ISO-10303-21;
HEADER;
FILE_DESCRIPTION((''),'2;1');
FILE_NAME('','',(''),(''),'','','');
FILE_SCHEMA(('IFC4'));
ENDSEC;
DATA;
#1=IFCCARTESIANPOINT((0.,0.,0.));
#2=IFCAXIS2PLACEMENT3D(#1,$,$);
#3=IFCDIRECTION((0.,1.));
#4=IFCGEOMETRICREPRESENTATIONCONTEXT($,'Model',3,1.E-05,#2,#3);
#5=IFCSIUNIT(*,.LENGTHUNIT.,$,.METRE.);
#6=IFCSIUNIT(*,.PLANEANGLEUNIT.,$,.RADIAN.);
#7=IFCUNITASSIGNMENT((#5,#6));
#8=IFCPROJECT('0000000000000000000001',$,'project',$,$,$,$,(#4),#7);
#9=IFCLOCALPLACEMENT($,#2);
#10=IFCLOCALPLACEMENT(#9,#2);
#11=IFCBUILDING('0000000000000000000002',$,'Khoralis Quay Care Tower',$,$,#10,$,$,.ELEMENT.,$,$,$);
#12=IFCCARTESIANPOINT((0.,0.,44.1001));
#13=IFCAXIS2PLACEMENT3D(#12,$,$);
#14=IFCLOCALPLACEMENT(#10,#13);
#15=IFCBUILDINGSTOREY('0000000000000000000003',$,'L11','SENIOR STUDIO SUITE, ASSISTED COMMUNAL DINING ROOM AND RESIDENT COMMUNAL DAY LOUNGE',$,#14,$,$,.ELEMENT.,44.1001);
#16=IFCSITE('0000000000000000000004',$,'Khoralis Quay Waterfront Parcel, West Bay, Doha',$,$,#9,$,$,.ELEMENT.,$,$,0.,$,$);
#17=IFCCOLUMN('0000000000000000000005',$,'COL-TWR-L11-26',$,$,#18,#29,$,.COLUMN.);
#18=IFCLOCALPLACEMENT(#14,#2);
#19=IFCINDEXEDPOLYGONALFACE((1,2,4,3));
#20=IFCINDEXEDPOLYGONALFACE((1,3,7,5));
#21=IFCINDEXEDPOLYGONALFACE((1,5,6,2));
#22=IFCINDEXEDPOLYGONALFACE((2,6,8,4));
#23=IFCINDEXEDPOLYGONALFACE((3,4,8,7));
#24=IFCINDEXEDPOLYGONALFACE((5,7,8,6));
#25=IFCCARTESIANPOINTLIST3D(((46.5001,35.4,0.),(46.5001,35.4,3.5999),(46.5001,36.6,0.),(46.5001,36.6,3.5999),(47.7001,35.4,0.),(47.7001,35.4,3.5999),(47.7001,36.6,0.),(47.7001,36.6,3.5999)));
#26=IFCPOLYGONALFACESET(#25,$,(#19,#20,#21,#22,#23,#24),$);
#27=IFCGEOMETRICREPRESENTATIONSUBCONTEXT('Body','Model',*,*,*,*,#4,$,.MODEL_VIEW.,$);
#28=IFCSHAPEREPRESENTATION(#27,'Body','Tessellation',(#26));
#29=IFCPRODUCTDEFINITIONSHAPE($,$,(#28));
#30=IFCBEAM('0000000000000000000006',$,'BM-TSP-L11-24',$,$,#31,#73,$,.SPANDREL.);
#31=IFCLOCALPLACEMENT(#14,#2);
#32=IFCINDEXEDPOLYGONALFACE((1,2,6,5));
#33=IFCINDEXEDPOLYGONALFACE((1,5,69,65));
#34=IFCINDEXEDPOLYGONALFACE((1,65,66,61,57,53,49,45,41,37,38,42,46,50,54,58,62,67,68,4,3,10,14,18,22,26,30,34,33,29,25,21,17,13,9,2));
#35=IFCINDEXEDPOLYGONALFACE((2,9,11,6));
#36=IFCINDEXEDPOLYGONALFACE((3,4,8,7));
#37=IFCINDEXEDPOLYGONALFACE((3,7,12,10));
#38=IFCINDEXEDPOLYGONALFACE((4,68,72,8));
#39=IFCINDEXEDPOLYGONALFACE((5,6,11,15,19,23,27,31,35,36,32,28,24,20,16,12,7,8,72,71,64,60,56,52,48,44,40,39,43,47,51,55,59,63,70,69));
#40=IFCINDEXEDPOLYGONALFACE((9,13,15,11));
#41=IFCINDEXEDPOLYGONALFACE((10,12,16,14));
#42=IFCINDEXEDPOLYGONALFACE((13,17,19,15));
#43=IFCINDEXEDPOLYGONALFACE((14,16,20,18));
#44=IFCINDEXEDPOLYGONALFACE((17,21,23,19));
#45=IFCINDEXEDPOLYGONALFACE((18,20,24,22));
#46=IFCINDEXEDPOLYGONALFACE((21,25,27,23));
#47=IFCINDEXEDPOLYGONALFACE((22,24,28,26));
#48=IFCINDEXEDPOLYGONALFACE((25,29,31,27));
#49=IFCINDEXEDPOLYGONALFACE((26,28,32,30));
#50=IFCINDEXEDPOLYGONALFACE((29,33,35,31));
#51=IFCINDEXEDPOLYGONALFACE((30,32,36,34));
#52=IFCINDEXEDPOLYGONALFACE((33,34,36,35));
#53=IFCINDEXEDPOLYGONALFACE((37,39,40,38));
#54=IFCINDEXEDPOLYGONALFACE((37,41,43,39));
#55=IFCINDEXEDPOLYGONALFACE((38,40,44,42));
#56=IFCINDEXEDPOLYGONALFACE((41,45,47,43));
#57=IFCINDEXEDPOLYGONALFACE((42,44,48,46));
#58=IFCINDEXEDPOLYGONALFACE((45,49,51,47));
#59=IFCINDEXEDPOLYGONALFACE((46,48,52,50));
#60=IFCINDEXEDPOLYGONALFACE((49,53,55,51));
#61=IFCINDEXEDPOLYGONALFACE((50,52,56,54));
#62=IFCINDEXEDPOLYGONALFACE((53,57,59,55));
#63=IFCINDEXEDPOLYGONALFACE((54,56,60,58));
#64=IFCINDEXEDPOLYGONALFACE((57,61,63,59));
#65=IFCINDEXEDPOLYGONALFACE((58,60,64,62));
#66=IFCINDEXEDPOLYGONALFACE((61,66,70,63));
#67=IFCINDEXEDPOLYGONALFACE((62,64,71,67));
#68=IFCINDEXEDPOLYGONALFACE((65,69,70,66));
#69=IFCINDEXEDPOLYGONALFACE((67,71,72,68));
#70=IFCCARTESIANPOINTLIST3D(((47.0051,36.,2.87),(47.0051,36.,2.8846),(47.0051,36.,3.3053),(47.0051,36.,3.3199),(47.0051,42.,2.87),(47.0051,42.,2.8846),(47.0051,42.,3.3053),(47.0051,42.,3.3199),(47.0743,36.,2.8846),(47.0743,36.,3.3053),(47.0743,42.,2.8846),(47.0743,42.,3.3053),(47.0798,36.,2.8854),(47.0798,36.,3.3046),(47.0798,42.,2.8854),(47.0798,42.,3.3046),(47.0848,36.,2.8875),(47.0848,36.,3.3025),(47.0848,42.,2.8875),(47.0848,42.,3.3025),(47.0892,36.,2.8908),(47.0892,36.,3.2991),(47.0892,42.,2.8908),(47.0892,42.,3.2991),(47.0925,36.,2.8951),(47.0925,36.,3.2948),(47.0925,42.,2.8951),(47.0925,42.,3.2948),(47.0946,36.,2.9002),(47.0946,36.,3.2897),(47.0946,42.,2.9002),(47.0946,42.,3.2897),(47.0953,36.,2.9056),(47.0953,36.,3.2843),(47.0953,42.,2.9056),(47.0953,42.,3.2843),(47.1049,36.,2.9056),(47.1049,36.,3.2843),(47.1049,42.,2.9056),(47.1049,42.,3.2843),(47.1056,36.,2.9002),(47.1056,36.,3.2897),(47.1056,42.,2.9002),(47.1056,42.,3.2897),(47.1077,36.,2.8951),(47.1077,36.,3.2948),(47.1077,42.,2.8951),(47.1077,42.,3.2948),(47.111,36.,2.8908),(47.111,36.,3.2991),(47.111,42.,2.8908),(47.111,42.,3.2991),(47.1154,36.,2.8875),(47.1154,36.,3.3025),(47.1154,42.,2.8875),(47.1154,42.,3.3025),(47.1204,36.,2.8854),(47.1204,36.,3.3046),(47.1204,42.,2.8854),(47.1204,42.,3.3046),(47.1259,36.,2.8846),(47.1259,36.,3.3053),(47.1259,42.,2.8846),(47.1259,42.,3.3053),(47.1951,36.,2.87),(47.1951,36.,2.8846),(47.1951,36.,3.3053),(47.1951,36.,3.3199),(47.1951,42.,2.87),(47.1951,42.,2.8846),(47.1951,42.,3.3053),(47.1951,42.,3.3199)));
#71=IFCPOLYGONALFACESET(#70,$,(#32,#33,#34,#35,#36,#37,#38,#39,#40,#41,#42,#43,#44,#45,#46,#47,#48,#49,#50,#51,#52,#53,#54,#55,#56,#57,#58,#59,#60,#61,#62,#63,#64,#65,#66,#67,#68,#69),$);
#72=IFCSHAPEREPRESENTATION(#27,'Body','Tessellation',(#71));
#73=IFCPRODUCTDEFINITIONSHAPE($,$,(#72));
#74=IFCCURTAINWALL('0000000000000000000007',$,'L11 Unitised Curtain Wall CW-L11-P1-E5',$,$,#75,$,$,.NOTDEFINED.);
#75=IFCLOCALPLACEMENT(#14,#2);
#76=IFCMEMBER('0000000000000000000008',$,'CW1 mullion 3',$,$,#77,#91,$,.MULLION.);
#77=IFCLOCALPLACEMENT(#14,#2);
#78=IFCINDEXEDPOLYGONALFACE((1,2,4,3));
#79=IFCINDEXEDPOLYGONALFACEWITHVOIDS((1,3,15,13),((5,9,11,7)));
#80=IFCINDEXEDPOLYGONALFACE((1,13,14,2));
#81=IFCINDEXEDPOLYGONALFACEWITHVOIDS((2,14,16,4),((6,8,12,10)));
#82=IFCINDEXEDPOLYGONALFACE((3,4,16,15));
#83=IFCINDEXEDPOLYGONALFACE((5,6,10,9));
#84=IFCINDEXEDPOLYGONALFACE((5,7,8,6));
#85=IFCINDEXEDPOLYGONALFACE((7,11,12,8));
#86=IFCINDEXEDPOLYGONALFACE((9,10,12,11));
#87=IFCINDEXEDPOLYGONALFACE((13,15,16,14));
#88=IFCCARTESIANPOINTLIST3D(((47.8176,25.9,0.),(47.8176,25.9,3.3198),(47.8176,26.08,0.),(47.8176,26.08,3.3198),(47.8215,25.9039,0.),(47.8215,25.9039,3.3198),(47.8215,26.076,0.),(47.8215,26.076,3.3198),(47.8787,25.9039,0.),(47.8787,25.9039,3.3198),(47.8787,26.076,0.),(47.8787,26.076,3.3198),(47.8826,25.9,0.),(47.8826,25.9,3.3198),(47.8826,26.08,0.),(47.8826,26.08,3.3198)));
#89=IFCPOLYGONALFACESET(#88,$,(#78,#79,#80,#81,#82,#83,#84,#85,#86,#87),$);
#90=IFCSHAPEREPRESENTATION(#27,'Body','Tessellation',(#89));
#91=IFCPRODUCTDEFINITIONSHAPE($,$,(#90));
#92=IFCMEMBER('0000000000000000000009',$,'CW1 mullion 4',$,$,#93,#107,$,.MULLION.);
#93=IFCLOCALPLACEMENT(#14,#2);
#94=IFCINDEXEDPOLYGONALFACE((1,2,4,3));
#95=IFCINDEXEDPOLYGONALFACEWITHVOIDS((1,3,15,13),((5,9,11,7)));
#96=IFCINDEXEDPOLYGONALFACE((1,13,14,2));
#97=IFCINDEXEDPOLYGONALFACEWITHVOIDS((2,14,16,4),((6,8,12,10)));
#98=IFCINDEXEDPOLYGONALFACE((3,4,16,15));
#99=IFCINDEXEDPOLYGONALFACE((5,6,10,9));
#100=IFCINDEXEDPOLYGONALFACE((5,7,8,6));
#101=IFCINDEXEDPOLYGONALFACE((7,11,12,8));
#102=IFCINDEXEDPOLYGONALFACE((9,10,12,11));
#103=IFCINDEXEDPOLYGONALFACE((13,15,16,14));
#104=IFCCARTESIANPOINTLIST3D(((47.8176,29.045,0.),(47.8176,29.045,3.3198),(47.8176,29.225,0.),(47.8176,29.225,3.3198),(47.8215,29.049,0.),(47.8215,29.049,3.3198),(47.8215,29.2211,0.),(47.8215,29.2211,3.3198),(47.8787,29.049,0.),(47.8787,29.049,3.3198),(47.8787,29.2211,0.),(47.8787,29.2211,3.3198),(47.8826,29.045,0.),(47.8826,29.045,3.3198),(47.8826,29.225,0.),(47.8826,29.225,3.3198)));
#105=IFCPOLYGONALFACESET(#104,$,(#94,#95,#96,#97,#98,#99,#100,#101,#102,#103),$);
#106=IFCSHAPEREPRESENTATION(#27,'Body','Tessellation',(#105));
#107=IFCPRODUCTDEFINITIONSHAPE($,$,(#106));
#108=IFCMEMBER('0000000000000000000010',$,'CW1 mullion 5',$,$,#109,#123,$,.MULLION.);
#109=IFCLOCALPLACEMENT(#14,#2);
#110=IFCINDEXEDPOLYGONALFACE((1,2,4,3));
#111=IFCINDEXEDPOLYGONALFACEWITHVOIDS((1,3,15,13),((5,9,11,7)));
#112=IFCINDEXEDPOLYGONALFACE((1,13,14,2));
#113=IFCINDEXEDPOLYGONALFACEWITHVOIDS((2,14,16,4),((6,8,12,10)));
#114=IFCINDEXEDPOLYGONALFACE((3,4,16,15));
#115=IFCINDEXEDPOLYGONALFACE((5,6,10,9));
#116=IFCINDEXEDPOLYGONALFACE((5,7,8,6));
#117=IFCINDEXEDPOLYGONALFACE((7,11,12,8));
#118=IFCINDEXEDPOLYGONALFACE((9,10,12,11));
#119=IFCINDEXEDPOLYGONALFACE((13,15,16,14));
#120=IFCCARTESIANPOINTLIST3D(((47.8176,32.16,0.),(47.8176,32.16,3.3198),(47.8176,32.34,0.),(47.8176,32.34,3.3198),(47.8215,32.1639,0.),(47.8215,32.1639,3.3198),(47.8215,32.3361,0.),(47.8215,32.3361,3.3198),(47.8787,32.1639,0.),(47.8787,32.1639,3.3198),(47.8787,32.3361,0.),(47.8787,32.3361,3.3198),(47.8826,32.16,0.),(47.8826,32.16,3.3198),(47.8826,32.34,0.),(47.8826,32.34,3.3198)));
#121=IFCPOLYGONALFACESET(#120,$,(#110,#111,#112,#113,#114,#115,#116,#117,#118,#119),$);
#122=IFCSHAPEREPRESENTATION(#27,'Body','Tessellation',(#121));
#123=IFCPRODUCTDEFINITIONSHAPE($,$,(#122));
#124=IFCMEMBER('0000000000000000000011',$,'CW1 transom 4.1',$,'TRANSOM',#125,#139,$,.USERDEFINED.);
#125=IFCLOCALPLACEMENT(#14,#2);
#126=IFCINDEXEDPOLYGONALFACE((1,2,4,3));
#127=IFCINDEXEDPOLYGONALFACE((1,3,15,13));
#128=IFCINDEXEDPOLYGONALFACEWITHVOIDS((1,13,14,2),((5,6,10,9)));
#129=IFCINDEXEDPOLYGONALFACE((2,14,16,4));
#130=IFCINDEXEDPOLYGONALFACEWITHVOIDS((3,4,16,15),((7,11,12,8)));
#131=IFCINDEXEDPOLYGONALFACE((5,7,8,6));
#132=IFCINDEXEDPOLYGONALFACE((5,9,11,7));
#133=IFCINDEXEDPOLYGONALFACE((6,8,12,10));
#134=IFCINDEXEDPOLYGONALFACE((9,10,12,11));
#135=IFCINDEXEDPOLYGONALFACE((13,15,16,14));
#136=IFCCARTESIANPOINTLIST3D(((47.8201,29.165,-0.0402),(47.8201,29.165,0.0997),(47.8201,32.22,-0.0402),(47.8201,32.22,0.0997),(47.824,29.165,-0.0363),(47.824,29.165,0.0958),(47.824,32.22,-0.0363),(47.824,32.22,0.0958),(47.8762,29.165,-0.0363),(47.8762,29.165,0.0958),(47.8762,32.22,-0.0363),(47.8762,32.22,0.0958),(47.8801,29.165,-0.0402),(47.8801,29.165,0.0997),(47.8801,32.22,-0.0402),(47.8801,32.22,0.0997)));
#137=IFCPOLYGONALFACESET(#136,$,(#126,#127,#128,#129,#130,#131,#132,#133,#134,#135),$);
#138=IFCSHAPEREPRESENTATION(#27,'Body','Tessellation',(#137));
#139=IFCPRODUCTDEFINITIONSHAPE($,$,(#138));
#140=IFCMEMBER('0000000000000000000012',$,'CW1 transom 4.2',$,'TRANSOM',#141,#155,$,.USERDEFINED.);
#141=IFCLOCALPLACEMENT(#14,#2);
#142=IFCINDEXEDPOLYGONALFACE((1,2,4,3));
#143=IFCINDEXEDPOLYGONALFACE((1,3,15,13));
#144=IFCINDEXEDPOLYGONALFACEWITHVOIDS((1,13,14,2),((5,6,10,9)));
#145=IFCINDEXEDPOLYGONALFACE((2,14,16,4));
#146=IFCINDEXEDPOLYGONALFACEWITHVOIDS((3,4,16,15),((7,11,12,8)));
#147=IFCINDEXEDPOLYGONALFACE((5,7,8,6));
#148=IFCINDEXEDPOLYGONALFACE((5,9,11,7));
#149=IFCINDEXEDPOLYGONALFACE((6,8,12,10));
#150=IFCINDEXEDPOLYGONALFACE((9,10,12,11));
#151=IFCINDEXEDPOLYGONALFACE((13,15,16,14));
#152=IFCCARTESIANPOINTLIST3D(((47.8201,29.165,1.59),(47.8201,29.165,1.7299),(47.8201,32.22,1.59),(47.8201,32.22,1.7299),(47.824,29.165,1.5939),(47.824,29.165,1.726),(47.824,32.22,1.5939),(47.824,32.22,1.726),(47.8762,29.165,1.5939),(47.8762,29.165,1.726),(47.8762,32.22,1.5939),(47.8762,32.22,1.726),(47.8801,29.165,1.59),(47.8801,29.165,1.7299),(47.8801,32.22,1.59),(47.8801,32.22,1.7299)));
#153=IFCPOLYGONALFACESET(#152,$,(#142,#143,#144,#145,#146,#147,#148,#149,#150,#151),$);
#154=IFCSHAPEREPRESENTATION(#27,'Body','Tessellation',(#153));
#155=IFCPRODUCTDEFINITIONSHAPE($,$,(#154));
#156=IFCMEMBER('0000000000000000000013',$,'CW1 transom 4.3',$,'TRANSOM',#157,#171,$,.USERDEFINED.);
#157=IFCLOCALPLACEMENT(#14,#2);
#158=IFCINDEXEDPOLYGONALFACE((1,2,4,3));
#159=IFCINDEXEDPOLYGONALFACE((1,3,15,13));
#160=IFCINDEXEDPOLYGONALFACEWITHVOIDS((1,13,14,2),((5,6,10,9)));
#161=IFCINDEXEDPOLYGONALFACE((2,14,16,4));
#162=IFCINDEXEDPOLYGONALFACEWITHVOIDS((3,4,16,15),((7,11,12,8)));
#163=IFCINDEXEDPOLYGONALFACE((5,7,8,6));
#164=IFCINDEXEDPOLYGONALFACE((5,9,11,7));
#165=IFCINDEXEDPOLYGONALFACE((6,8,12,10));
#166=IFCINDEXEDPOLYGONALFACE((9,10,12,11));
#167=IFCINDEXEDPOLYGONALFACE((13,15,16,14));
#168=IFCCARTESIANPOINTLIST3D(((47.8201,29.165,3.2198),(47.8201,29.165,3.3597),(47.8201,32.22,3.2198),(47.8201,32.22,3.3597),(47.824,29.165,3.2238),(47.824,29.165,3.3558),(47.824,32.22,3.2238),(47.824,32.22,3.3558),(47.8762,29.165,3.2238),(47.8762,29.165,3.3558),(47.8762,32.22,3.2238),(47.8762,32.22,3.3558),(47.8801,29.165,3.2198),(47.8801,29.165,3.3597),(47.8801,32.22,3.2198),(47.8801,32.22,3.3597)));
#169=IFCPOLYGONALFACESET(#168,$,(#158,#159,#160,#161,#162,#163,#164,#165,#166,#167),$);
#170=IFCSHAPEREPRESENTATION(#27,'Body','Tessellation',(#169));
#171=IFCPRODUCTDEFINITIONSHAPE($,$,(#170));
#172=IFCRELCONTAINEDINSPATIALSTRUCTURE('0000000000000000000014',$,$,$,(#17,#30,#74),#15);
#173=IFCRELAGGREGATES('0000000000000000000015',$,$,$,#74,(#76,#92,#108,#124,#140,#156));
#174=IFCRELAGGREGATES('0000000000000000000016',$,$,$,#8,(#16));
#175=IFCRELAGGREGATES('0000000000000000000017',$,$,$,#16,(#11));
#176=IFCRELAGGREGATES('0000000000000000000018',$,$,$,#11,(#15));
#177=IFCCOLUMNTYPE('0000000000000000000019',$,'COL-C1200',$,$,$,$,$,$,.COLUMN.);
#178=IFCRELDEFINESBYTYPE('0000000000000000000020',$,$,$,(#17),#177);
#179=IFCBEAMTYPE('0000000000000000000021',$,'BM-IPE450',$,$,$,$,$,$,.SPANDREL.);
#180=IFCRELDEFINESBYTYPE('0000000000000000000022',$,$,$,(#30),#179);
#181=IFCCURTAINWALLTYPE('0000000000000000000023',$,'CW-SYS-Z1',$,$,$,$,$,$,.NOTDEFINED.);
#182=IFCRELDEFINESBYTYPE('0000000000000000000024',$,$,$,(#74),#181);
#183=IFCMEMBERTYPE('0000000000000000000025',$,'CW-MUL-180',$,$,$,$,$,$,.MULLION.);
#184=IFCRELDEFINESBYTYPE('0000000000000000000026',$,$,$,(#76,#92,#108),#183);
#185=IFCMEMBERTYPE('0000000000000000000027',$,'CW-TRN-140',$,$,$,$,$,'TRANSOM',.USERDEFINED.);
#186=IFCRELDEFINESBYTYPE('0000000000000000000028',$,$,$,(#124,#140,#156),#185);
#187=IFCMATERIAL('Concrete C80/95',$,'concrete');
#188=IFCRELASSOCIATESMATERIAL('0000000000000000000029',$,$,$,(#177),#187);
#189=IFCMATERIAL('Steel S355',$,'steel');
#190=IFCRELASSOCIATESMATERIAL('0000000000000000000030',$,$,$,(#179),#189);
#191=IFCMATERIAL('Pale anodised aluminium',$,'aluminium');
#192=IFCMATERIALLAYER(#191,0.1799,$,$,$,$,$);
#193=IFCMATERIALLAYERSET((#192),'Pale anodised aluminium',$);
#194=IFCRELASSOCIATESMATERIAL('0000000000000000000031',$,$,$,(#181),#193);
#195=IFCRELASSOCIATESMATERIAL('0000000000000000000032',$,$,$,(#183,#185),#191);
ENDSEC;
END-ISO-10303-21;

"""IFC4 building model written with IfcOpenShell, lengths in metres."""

from ifc_helpers import new_model, si_unit, direction, frame, origin, origin_2d, place, context, subcontext, project, spatial, rectangle, hollow_rectangle, i_section, extrude, source, transform, mapped, material, layer, layer_set, material_profile, profile_set, type_object, element, aggregate, save


model = new_model("IFC4")

# Units and contexts
model_context = context("Model", 3, precision=1e-05, world=origin(), true_north=direction((0.0, 1.0)))
body_context = subcontext(model_context, "Body", "Model", "MODEL_VIEW")
ifc_project = project(units=[si_unit("LENGTHUNIT", "METRE"), si_unit("PLANEANGLEUNIT", "RADIAN")], contexts=[model_context])

# Site, building, storey
site_placement = place(None, origin())
site = spatial("IfcSite", under=ifc_project, at=site_placement, Name="Khoralis Quay Waterfront Parcel, West Bay, Doha", CompositionType="ELEMENT", RefElevation=0.0)
building_placement = place(site_placement, origin())
building = spatial("IfcBuilding", under=site, at=building_placement, Name="Khoralis Quay Care Tower", CompositionType="ELEMENT")
storey_placement = place(building_placement, frame((0.0, 0.0, 44.1001)))
storey = spatial("IfcBuildingStorey", under=building, at=storey_placement, Name="L11", Description="SENIOR STUDIO SUITE, ASSISTED COMMUNAL DINING ROOM AND RESIDENT COMMUNAL DAY LOUNGE", CompositionType="ELEMENT", Elevation=44.1001)

# Column
ifc_material_1 = material(Name="Concrete C80/95", Category="concrete")
ifc_material_profile_1 = material_profile(ifc_material_1, rectangle(XDim=1.2, YDim=1.2, at=origin_2d()), Name="Concrete C80/95")
ifc_profile_set_1 = profile_set([ifc_material_profile_1], Name="Concrete C80/95")
column_type = type_object("IfcColumnType", Name="COL-C1200", PredefinedType="COLUMN", material=ifc_profile_set_1)
shared_shape_1 = source(origin(), body_context, "Body", "SweptSolid", [
    extrude(rectangle(XDim=1.2, YDim=1.2, at=origin_2d()), origin(), (0.0, 0.0, 1.0), 3.5999),
])
column_placement = place(storey_placement, frame((47.1001, 36.0, 0.0), z_axis=(0.0, 0.0, 1.0), x_axis=(1.0, 0.0, 0.0)))
element("IfcColumn", 1, at=column_placement, inside=storey, type_object=column_type, Name="COL-TWR-L11-26", PredefinedType="COLUMN", context=body_context, shape_type="MappedRepresentation", body=[
    mapped(shared_shape_1, transform((0.0, 0.0, 0.0), scale=1.0)),
])

# Beam
ifc_material_2 = material(Name="Steel S355", Category="steel")
ifc_material_profile_2 = material_profile(ifc_material_2, i_section(OverallWidth=0.1899, OverallDepth=0.45, WebThickness=0.0095, FlangeThickness=0.0146, FilletRadius=0.021, at=origin_2d()), Name="Steel S355")
ifc_profile_set_2 = profile_set([ifc_material_profile_2], Name="Steel S355")
beam_type = type_object("IfcBeamType", Name="BM-IPE450", PredefinedType="SPANDREL", material=ifc_profile_set_2)
shared_shape_2 = source(origin(), body_context, "Body", "SweptSolid", [
    extrude(i_section(OverallWidth=0.1899, OverallDepth=0.45, WebThickness=0.0095, FlangeThickness=0.0146, FilletRadius=0.021, at=origin_2d()), origin(), (0.0, 0.0, 1.0), 6.0),
])
beam_placement = place(storey_placement, frame((47.1001, 36.0, 3.095), z_axis=(0.0, 1.0, 0.0), x_axis=(-1.0, 0.0, 0.0)))
element("IfcBeam", 2, at=beam_placement, inside=storey, type_object=beam_type, Name="BM-TSP-L11-24", PredefinedType="SPANDREL", context=body_context, shape_type="MappedRepresentation", body=[
    mapped(shared_shape_2, transform((0.0, 0.0, 0.0), scale=1.0)),
])

# Curtain wall, members
ifc_material_3 = material(Name="Pale anodised aluminium", Category="aluminium")
ifc_layer_1 = layer(ifc_material_3, 0.1799)
ifc_layer_set_1 = layer_set([ifc_layer_1], Name="Pale anodised aluminium")
curtain_wall_type = type_object("IfcCurtainWallType", Name="CW-SYS-Z1", PredefinedType="NOTDEFINED", material=ifc_layer_set_1)
curtain_wall_placement = place(storey_placement, origin())
curtain_wall = element("IfcCurtainWall", 3, at=curtain_wall_placement, inside=storey, type_object=curtain_wall_type, Name="L11 Unitised Curtain Wall CW-L11-P1-E5", PredefinedType="NOTDEFINED")
ifc_material_profile_3 = material_profile(ifc_material_3, hollow_rectangle(XDim=0.0649, YDim=0.1799, WallThickness=0.0039, at=origin_2d()), Name="Pale anodised aluminium")
ifc_profile_set_3 = profile_set([ifc_material_profile_3], Name="Pale anodised aluminium")
member_type_1 = type_object("IfcMemberType", Name="CW-MUL-180", PredefinedType="MULLION", material=ifc_profile_set_3)
shared_shape_3 = source(origin(), body_context, "Body", "SweptSolid", [
    extrude(hollow_rectangle(XDim=0.0649, YDim=0.1799, WallThickness=0.0039, at=origin_2d()), origin(), (0.0, 0.0, 1.0), 3.3198),
])
member_1_placement = place(storey_placement, frame((47.8501, 25.99, 0.0), z_axis=(0.0, 0.0, 1.0), x_axis=(-1.0, 0.0, 0.0)))
member_1 = element("IfcMember", 4, at=member_1_placement, type_object=member_type_1, Name="CW1 mullion 3", PredefinedType="MULLION", context=body_context, shape_type="MappedRepresentation", body=[
    mapped(shared_shape_3, transform((0.0, 0.0, 0.0), scale=1.0)),
])
member_2_placement = place(storey_placement, frame((47.8501, 29.135, 0.0), z_axis=(0.0, 0.0, 1.0), x_axis=(-1.0, 0.0, 0.0)))
member_2 = element("IfcMember", 5, at=member_2_placement, type_object=member_type_1, Name="CW1 mullion 4", PredefinedType="MULLION", context=body_context, shape_type="MappedRepresentation", body=[
    mapped(shared_shape_3, transform((0.0, 0.0, 0.0), scale=1.0)),
])
member_3_placement = place(storey_placement, frame((47.8501, 32.25, 0.0), z_axis=(0.0, 0.0, 1.0), x_axis=(-1.0, 0.0, 0.0)))
member_3 = element("IfcMember", 6, at=member_3_placement, type_object=member_type_1, Name="CW1 mullion 5", PredefinedType="MULLION", context=body_context, shape_type="MappedRepresentation", body=[
    mapped(shared_shape_3, transform((0.0, 0.0, 0.0), scale=1.0)),
])
ifc_material_profile_4 = material_profile(ifc_material_3, hollow_rectangle(XDim=0.0601, YDim=0.1399, WallThickness=0.0039, at=origin_2d()), Name="Pale anodised aluminium")
ifc_profile_set_4 = profile_set([ifc_material_profile_4], Name="Pale anodised aluminium")
member_type_2 = type_object("IfcMemberType", Name="CW-TRN-140", ElementType="TRANSOM", PredefinedType="USERDEFINED", material=ifc_profile_set_4)
shared_shape_4 = source(origin(), body_context, "Body", "SweptSolid", [
    extrude(hollow_rectangle(XDim=0.0601, YDim=0.1399, WallThickness=0.0039, at=origin_2d()), origin(), (0.0, 0.0, 1.0), 3.0549),
])
member_4_placement = place(storey_placement, frame((47.8501, 29.165, 0.0298), z_axis=(0.0, 1.0, 0.0), x_axis=(-1.0, 0.0, 0.0)))
member_4 = element("IfcMember", 7, at=member_4_placement, type_object=member_type_2, Name="CW1 transom 4.1", ObjectType="TRANSOM", PredefinedType="USERDEFINED", context=body_context, shape_type="MappedRepresentation", body=[
    mapped(shared_shape_4, transform((0.0, 0.0, 0.0), scale=1.0)),
])
member_5_placement = place(storey_placement, frame((47.8501, 29.165, 1.6599), z_axis=(0.0, 1.0, 0.0), x_axis=(-1.0, 0.0, 0.0)))
member_5 = element("IfcMember", 8, at=member_5_placement, type_object=member_type_2, Name="CW1 transom 4.2", ObjectType="TRANSOM", PredefinedType="USERDEFINED", context=body_context, shape_type="MappedRepresentation", body=[
    mapped(shared_shape_4, transform((0.0, 0.0, 0.0), scale=1.0)),
])
member_6_placement = place(storey_placement, frame((47.8501, 29.165, 3.2898), z_axis=(0.0, 1.0, 0.0), x_axis=(-1.0, 0.0, 0.0)))
member_6 = element("IfcMember", 9, at=member_6_placement, type_object=member_type_2, Name="CW1 transom 4.3", ObjectType="TRANSOM", PredefinedType="USERDEFINED", context=body_context, shape_type="MappedRepresentation", body=[
    mapped(shared_shape_4, transform((0.0, 0.0, 0.0), scale=1.0)),
])
aggregate(curtain_wall, [member_1, member_2, member_3, member_4, member_5, member_6])

save(model, "model.ifc")
